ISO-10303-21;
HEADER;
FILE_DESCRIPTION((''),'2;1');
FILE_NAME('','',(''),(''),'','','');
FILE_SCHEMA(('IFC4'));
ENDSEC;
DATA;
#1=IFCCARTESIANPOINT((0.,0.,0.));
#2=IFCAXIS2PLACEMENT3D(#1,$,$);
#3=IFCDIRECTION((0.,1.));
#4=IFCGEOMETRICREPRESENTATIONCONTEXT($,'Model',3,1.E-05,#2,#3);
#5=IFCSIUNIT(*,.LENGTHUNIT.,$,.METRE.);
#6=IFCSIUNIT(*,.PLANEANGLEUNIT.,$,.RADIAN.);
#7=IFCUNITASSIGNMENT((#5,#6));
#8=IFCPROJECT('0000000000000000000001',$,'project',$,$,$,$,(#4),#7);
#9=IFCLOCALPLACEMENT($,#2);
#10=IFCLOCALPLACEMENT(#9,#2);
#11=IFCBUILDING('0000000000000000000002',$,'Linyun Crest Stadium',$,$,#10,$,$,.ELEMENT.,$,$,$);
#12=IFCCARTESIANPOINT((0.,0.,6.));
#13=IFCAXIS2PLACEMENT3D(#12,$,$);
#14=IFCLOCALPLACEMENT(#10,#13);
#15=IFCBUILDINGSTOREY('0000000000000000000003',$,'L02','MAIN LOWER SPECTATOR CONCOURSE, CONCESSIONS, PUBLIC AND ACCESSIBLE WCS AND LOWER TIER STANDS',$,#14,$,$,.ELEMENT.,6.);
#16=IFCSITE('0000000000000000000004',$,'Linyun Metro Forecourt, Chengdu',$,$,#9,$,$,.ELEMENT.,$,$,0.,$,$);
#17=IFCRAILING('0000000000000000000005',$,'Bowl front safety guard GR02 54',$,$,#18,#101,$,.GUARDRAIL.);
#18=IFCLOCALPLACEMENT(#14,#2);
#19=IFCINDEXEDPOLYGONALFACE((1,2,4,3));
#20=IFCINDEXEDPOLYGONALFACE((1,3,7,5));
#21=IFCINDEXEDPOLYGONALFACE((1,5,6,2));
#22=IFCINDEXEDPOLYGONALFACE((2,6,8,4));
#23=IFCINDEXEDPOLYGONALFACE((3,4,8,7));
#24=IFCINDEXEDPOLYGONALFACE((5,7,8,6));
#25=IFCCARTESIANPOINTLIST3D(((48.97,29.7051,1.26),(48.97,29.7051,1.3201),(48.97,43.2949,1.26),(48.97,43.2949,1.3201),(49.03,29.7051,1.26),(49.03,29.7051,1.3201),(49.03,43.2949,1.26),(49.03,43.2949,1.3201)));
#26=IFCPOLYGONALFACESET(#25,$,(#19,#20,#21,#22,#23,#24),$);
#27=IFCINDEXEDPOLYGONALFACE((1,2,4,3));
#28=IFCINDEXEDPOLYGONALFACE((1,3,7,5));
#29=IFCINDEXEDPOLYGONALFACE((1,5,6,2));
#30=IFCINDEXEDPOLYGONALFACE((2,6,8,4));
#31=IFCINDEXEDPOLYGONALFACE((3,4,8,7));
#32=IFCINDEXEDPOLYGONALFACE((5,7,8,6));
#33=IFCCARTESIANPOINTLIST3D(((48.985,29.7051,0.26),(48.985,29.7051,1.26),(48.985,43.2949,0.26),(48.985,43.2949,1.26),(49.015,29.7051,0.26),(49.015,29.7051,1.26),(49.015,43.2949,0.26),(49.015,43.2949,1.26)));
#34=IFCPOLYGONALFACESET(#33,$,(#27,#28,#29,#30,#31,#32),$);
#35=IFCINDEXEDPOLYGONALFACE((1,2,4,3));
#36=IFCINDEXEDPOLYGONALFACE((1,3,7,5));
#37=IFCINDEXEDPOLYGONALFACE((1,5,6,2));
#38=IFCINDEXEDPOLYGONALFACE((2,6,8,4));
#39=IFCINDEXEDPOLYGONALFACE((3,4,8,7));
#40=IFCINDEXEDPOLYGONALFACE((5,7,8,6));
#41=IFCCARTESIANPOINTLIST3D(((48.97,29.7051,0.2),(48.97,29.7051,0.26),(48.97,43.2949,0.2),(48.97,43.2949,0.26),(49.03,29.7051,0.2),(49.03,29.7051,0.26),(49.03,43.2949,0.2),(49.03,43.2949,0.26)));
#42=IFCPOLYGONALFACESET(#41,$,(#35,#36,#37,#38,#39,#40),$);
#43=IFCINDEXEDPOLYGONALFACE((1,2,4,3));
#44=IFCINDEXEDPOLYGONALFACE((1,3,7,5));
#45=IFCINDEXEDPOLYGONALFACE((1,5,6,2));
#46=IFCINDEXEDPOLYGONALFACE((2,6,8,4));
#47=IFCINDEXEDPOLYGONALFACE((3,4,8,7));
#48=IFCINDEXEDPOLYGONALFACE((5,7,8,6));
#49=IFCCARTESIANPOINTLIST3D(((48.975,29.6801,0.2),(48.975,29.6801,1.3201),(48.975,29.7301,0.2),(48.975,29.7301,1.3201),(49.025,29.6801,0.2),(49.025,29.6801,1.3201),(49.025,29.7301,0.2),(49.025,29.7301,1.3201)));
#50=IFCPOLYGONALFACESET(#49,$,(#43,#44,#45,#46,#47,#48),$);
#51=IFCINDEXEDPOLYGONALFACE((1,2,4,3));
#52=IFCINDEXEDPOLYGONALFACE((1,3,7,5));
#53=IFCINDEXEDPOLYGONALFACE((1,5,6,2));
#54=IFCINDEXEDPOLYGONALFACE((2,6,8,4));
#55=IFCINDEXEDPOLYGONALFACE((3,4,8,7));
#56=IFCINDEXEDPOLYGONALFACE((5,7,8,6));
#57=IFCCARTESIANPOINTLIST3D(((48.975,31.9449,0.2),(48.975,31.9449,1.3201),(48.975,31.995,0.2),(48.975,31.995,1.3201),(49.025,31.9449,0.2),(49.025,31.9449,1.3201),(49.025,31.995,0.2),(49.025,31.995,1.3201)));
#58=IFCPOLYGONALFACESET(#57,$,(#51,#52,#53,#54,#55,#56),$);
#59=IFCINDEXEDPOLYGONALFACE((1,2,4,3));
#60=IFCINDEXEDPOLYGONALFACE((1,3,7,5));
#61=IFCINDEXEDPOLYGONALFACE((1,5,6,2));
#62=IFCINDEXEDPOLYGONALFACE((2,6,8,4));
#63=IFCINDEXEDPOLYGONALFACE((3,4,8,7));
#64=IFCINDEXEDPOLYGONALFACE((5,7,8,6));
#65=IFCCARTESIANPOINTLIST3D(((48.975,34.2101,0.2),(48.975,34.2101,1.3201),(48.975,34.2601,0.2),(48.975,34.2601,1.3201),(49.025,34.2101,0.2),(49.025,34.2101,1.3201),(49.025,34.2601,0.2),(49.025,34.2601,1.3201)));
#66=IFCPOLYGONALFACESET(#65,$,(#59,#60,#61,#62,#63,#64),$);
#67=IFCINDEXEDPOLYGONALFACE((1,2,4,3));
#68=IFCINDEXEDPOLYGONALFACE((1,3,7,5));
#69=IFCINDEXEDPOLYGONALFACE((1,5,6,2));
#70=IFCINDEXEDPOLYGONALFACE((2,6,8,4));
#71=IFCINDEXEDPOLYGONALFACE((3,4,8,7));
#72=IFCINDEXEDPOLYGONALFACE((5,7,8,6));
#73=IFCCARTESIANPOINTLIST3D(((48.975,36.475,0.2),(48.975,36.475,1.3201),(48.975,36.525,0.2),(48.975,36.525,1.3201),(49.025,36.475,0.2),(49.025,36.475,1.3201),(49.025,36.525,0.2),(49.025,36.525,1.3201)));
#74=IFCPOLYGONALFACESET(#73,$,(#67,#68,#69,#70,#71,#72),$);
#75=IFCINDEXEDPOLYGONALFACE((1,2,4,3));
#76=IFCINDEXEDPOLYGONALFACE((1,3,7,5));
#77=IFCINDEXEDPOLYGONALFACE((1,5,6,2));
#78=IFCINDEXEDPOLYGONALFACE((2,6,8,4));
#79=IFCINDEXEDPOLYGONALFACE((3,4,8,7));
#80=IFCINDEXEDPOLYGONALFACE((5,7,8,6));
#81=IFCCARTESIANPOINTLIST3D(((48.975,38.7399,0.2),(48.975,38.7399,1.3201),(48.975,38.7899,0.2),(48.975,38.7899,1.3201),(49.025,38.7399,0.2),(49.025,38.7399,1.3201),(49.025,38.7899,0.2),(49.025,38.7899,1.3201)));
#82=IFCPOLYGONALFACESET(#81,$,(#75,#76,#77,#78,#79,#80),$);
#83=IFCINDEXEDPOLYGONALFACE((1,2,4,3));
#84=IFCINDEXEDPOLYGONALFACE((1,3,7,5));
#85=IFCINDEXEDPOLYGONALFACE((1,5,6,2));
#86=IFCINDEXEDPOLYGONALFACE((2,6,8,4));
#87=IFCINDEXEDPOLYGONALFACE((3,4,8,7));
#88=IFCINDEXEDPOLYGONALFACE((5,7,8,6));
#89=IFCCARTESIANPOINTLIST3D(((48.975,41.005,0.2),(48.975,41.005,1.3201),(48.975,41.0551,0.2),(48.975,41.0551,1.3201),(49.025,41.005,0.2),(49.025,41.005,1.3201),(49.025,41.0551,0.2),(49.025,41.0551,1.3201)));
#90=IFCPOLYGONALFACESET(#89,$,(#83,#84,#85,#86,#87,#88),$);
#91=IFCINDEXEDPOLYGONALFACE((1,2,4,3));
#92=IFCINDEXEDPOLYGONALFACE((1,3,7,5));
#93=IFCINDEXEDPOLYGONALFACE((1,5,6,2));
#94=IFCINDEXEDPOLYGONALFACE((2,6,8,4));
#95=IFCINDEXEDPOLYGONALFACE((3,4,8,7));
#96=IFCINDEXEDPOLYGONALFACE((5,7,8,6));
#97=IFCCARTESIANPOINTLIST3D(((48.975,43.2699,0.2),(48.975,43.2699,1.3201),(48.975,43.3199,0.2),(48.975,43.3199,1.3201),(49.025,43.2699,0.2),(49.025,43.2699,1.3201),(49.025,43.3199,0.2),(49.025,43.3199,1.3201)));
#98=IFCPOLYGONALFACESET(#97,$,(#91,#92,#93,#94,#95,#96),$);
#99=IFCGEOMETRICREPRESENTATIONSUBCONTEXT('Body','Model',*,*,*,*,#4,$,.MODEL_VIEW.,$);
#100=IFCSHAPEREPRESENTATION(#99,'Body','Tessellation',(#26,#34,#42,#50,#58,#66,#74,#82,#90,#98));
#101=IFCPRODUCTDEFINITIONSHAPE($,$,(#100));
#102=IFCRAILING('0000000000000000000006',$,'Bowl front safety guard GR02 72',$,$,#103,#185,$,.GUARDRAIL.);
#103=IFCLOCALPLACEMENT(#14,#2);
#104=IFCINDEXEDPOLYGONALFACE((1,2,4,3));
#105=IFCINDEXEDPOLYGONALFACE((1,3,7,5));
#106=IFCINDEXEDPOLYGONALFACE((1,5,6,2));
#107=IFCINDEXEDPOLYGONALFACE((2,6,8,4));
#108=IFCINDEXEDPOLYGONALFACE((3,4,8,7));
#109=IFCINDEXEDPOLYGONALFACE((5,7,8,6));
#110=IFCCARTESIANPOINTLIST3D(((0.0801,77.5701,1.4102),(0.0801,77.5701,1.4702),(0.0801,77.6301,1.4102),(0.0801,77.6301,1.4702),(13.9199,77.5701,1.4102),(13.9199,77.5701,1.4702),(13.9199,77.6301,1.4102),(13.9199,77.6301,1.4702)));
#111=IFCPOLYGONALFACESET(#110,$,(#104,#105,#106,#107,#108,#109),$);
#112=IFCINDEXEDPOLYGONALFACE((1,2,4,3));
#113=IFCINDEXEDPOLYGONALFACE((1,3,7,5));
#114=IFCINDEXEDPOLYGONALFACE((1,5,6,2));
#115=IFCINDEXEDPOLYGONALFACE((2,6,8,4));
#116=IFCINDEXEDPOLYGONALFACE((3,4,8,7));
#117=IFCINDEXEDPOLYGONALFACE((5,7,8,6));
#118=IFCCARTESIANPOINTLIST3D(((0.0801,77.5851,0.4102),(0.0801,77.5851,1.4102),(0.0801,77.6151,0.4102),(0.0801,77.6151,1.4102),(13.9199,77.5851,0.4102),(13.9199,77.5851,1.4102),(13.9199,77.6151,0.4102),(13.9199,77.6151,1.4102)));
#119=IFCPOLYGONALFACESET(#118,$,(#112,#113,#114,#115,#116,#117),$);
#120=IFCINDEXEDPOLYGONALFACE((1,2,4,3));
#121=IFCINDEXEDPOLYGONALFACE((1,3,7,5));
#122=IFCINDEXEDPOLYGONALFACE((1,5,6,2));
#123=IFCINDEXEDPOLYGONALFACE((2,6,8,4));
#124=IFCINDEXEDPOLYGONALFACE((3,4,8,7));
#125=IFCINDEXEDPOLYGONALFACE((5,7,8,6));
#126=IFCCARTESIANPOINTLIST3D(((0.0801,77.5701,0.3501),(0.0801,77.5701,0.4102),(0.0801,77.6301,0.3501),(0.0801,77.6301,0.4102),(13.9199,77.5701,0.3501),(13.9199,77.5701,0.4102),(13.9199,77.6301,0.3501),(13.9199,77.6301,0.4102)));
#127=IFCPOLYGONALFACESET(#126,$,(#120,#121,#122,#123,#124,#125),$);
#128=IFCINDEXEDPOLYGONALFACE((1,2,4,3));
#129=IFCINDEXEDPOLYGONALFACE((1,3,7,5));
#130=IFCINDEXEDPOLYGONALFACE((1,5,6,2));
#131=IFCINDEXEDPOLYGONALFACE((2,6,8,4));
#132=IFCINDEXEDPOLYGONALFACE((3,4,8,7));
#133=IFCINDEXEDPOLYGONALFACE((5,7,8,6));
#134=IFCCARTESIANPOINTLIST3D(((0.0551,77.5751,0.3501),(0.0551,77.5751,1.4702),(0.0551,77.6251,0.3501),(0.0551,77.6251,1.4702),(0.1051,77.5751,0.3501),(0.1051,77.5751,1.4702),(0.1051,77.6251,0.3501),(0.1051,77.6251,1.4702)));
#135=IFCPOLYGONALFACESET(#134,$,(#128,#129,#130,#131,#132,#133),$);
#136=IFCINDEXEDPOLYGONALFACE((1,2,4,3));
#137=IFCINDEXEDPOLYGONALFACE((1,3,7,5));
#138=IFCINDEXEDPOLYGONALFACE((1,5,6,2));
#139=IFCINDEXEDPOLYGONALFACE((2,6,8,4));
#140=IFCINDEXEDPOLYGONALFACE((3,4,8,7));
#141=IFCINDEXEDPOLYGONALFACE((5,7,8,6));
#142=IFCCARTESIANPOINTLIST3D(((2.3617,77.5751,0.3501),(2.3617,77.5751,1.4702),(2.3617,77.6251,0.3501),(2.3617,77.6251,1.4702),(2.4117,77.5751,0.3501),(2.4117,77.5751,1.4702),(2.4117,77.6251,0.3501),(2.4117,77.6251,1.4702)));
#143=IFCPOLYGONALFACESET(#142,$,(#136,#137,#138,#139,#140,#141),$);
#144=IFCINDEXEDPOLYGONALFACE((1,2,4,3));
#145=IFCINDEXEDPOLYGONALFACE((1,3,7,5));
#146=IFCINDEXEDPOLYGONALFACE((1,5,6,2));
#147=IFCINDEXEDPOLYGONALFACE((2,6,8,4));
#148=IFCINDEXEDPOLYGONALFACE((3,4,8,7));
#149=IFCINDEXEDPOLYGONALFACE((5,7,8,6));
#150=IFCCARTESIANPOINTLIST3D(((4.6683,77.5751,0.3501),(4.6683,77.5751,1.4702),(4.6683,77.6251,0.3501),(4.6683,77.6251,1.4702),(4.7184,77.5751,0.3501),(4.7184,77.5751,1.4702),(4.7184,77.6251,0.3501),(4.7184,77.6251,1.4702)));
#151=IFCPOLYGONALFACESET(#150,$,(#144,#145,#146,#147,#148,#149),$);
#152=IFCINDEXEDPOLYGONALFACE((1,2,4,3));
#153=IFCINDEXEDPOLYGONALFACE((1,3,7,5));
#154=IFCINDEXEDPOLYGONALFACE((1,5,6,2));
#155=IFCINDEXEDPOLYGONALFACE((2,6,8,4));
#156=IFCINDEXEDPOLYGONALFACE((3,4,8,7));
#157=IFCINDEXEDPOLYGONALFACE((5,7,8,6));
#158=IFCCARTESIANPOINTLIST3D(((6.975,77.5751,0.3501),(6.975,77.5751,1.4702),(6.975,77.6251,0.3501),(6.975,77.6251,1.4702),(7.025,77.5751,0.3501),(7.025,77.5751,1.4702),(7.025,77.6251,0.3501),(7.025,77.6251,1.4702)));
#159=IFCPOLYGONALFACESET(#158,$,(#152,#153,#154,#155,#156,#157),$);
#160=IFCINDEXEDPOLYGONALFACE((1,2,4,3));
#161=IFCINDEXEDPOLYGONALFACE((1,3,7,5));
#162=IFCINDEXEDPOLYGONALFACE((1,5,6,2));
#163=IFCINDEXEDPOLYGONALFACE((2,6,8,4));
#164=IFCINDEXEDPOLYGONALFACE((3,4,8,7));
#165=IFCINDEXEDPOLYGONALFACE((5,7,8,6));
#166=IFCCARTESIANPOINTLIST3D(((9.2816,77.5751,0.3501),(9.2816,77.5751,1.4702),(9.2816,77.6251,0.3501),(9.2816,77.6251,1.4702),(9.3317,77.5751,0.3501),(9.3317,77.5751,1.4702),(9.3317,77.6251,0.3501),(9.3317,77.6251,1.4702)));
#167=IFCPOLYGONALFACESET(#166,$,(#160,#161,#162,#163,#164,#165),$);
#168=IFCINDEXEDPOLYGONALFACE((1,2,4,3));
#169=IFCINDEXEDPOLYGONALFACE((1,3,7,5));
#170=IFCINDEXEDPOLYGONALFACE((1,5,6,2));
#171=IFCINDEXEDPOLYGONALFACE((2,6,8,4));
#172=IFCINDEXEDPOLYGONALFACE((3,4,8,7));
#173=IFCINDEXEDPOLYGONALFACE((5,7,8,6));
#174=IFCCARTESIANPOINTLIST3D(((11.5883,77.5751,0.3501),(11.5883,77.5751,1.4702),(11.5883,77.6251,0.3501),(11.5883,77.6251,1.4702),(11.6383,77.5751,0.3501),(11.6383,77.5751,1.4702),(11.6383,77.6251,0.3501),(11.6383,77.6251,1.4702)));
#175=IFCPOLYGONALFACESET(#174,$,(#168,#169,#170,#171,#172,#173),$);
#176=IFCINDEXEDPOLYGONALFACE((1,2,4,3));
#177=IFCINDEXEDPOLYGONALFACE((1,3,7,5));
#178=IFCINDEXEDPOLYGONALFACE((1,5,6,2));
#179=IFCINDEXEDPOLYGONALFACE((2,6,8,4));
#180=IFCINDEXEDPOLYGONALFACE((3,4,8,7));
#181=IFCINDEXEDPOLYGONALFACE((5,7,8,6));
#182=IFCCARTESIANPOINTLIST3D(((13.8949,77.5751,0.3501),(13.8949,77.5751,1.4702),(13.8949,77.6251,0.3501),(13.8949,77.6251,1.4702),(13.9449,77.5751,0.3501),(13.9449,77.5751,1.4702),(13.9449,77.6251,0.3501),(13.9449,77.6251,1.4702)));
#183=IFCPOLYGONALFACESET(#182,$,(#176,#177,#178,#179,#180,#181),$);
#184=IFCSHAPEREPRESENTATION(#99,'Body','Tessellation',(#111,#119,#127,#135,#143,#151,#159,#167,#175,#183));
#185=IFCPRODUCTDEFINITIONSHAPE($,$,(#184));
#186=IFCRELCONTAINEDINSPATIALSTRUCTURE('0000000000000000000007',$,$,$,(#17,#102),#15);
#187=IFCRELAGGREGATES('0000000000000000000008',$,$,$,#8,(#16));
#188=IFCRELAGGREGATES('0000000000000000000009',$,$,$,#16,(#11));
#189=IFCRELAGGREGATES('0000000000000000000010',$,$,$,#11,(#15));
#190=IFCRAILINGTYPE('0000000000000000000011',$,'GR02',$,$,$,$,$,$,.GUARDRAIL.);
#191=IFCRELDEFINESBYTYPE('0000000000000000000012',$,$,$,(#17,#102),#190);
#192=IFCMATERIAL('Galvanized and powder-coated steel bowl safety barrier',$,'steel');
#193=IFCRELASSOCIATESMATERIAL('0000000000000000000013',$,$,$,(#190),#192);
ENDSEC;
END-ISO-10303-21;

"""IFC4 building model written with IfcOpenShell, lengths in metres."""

from ifc_helpers import new_model, si_unit, direction, frame, origin, origin_2d, place, context, subcontext, project, spatial, rectangle, extrude, material, type_object, element, save


model = new_model("IFC4")

# Units and contexts
model_context = context("Model", 3, precision=1e-05, world=origin(), true_north=direction((0.0, 1.0)))
body_context = subcontext(model_context, "Body", "Model", "MODEL_VIEW")
ifc_project = project(units=[si_unit("LENGTHUNIT", "METRE"), si_unit("PLANEANGLEUNIT", "RADIAN")], contexts=[model_context])

# Site, building, storey
site_placement = place(None, origin())
site = spatial("IfcSite", under=ifc_project, at=site_placement, Name="Linyun Metro Forecourt, Chengdu", CompositionType="ELEMENT", RefElevation=0.0)
building_placement = place(site_placement, origin())
building = spatial("IfcBuilding", under=site, at=building_placement, Name="Linyun Crest Stadium", CompositionType="ELEMENT")
storey_placement = place(building_placement, frame((0.0, 0.0, 6.0)))
storey = spatial("IfcBuildingStorey", under=building, at=storey_placement, Name="L02", Description="MAIN LOWER SPECTATOR CONCOURSE, CONCESSIONS, PUBLIC AND ACCESSIBLE WCS AND LOWER TIER STANDS", CompositionType="ELEMENT", Elevation=6.0)

# Railings
ifc_material_1 = material(Name="Galvanized and powder-coated steel bowl safety barrier", Category="steel")
railing_type = type_object("IfcRailingType", Name="GR02", PredefinedType="GUARDRAIL", material=ifc_material_1)
railing_placement = place(storey_placement, frame((49.0, 29.7051, 0.2)))
element("IfcRailing", 1, at=railing_placement, inside=storey, type_object=railing_type, Name="Bowl front safety guard GR02 54", PredefinedType="GUARDRAIL", context=body_context, shape_type="SweptSolid", body=[
    extrude(rectangle(XDim=0.0601, YDim=0.0601, at=origin_2d()), frame((0.0, 0.0, 1.0901), z_axis=(0.0, 1.0, 0.0), x_axis=(-1.0, 0.0, 0.0)), (0.0, 0.0, 1.0), 13.5898),
    extrude(rectangle(XDim=0.03, YDim=1.0, at=origin_2d()), frame((0.0, 0.0, 0.5601), z_axis=(0.0, 1.0, 0.0), x_axis=(-1.0, 0.0, 0.0)), (0.0, 0.0, 1.0), 13.5898),
    extrude(rectangle(XDim=0.0601, YDim=0.0601, at=origin_2d()), frame((0.0, 0.0, 0.03), z_axis=(0.0, 1.0, 0.0), x_axis=(-1.0, 0.0, 0.0)), (0.0, 0.0, 1.0), 13.5898),
    extrude(rectangle(XDim=0.05, YDim=0.05, at=origin_2d()), origin(), (0.0, 0.0, 1.0), 1.1201),
    extrude(rectangle(XDim=0.05, YDim=0.05, at=origin_2d()), frame((0.0, 2.2649, 0.0)), (0.0, 0.0, 1.0), 1.1201),
    extrude(rectangle(XDim=0.05, YDim=0.05, at=origin_2d()), frame((0.0, 4.53, 0.0)), (0.0, 0.0, 1.0), 1.1201),
    extrude(rectangle(XDim=0.05, YDim=0.05, at=origin_2d()), frame((0.0, 6.7949, 0.0)), (0.0, 0.0, 1.0), 1.1201),
    extrude(rectangle(XDim=0.05, YDim=0.05, at=origin_2d()), frame((0.0, 9.0598, 0.0)), (0.0, 0.0, 1.0), 1.1201),
    extrude(rectangle(XDim=0.05, YDim=0.05, at=origin_2d()), frame((0.0, 11.325, 0.0)), (0.0, 0.0, 1.0), 1.1201),
    extrude(rectangle(XDim=0.05, YDim=0.05, at=origin_2d()), frame((0.0, 13.5898, 0.0)), (0.0, 0.0, 1.0), 1.1201),
])
for number, where, name in (
    (2, (0.0801, 77.6001, 0.3501), "Bowl front safety guard GR02 72"),
):
    element("IfcRailing", number, at=place(storey_placement, frame(where)), inside=storey, type_object=railing_type, Name=name, PredefinedType="GUARDRAIL", context=body_context, shape_type="SweptSolid", body=[
        extrude(rectangle(XDim=0.0601, YDim=0.0601, at=origin_2d()), frame((0.0, 0.0, 1.0901), z_axis=(1.0, 0.0, 0.0), x_axis=(0.0, 1.0, 0.0)), (0.0, 0.0, 1.0), 13.8398),
        extrude(rectangle(XDim=0.03, YDim=1.0, at=origin_2d()), frame((0.0, 0.0, 0.5601), z_axis=(1.0, 0.0, 0.0), x_axis=(0.0, 1.0, 0.0)), (0.0, 0.0, 1.0), 13.8398),
        extrude(rectangle(XDim=0.0601, YDim=0.0601, at=origin_2d()), frame((0.0, 0.0, 0.03), z_axis=(1.0, 0.0, 0.0), x_axis=(0.0, 1.0, 0.0)), (0.0, 0.0, 1.0), 13.8398),
        extrude(rectangle(XDim=0.05, YDim=0.05, at=origin_2d()), origin(), (0.0, 0.0, 1.0), 1.1201),
        extrude(rectangle(XDim=0.05, YDim=0.05, at=origin_2d()), frame((2.3066, 0.0, 0.0)), (0.0, 0.0, 1.0), 1.1201),
        extrude(rectangle(XDim=0.05, YDim=0.05, at=origin_2d()), frame((4.6133, 0.0, 0.0)), (0.0, 0.0, 1.0), 1.1201),
        extrude(rectangle(XDim=0.05, YDim=0.05, at=origin_2d()), frame((6.9199, 0.0, 0.0)), (0.0, 0.0, 1.0), 1.1201),
        extrude(rectangle(XDim=0.05, YDim=0.05, at=origin_2d()), frame((9.2266, 0.0, 0.0)), (0.0, 0.0, 1.0), 1.1201),
        extrude(rectangle(XDim=0.05, YDim=0.05, at=origin_2d()), frame((11.5332, 0.0, 0.0)), (0.0, 0.0, 1.0), 1.1201),
        extrude(rectangle(XDim=0.05, YDim=0.05, at=origin_2d()), frame((13.8398, 0.0, 0.0)), (0.0, 0.0, 1.0), 1.1201),
    ])

save(model, "model.ifc")
